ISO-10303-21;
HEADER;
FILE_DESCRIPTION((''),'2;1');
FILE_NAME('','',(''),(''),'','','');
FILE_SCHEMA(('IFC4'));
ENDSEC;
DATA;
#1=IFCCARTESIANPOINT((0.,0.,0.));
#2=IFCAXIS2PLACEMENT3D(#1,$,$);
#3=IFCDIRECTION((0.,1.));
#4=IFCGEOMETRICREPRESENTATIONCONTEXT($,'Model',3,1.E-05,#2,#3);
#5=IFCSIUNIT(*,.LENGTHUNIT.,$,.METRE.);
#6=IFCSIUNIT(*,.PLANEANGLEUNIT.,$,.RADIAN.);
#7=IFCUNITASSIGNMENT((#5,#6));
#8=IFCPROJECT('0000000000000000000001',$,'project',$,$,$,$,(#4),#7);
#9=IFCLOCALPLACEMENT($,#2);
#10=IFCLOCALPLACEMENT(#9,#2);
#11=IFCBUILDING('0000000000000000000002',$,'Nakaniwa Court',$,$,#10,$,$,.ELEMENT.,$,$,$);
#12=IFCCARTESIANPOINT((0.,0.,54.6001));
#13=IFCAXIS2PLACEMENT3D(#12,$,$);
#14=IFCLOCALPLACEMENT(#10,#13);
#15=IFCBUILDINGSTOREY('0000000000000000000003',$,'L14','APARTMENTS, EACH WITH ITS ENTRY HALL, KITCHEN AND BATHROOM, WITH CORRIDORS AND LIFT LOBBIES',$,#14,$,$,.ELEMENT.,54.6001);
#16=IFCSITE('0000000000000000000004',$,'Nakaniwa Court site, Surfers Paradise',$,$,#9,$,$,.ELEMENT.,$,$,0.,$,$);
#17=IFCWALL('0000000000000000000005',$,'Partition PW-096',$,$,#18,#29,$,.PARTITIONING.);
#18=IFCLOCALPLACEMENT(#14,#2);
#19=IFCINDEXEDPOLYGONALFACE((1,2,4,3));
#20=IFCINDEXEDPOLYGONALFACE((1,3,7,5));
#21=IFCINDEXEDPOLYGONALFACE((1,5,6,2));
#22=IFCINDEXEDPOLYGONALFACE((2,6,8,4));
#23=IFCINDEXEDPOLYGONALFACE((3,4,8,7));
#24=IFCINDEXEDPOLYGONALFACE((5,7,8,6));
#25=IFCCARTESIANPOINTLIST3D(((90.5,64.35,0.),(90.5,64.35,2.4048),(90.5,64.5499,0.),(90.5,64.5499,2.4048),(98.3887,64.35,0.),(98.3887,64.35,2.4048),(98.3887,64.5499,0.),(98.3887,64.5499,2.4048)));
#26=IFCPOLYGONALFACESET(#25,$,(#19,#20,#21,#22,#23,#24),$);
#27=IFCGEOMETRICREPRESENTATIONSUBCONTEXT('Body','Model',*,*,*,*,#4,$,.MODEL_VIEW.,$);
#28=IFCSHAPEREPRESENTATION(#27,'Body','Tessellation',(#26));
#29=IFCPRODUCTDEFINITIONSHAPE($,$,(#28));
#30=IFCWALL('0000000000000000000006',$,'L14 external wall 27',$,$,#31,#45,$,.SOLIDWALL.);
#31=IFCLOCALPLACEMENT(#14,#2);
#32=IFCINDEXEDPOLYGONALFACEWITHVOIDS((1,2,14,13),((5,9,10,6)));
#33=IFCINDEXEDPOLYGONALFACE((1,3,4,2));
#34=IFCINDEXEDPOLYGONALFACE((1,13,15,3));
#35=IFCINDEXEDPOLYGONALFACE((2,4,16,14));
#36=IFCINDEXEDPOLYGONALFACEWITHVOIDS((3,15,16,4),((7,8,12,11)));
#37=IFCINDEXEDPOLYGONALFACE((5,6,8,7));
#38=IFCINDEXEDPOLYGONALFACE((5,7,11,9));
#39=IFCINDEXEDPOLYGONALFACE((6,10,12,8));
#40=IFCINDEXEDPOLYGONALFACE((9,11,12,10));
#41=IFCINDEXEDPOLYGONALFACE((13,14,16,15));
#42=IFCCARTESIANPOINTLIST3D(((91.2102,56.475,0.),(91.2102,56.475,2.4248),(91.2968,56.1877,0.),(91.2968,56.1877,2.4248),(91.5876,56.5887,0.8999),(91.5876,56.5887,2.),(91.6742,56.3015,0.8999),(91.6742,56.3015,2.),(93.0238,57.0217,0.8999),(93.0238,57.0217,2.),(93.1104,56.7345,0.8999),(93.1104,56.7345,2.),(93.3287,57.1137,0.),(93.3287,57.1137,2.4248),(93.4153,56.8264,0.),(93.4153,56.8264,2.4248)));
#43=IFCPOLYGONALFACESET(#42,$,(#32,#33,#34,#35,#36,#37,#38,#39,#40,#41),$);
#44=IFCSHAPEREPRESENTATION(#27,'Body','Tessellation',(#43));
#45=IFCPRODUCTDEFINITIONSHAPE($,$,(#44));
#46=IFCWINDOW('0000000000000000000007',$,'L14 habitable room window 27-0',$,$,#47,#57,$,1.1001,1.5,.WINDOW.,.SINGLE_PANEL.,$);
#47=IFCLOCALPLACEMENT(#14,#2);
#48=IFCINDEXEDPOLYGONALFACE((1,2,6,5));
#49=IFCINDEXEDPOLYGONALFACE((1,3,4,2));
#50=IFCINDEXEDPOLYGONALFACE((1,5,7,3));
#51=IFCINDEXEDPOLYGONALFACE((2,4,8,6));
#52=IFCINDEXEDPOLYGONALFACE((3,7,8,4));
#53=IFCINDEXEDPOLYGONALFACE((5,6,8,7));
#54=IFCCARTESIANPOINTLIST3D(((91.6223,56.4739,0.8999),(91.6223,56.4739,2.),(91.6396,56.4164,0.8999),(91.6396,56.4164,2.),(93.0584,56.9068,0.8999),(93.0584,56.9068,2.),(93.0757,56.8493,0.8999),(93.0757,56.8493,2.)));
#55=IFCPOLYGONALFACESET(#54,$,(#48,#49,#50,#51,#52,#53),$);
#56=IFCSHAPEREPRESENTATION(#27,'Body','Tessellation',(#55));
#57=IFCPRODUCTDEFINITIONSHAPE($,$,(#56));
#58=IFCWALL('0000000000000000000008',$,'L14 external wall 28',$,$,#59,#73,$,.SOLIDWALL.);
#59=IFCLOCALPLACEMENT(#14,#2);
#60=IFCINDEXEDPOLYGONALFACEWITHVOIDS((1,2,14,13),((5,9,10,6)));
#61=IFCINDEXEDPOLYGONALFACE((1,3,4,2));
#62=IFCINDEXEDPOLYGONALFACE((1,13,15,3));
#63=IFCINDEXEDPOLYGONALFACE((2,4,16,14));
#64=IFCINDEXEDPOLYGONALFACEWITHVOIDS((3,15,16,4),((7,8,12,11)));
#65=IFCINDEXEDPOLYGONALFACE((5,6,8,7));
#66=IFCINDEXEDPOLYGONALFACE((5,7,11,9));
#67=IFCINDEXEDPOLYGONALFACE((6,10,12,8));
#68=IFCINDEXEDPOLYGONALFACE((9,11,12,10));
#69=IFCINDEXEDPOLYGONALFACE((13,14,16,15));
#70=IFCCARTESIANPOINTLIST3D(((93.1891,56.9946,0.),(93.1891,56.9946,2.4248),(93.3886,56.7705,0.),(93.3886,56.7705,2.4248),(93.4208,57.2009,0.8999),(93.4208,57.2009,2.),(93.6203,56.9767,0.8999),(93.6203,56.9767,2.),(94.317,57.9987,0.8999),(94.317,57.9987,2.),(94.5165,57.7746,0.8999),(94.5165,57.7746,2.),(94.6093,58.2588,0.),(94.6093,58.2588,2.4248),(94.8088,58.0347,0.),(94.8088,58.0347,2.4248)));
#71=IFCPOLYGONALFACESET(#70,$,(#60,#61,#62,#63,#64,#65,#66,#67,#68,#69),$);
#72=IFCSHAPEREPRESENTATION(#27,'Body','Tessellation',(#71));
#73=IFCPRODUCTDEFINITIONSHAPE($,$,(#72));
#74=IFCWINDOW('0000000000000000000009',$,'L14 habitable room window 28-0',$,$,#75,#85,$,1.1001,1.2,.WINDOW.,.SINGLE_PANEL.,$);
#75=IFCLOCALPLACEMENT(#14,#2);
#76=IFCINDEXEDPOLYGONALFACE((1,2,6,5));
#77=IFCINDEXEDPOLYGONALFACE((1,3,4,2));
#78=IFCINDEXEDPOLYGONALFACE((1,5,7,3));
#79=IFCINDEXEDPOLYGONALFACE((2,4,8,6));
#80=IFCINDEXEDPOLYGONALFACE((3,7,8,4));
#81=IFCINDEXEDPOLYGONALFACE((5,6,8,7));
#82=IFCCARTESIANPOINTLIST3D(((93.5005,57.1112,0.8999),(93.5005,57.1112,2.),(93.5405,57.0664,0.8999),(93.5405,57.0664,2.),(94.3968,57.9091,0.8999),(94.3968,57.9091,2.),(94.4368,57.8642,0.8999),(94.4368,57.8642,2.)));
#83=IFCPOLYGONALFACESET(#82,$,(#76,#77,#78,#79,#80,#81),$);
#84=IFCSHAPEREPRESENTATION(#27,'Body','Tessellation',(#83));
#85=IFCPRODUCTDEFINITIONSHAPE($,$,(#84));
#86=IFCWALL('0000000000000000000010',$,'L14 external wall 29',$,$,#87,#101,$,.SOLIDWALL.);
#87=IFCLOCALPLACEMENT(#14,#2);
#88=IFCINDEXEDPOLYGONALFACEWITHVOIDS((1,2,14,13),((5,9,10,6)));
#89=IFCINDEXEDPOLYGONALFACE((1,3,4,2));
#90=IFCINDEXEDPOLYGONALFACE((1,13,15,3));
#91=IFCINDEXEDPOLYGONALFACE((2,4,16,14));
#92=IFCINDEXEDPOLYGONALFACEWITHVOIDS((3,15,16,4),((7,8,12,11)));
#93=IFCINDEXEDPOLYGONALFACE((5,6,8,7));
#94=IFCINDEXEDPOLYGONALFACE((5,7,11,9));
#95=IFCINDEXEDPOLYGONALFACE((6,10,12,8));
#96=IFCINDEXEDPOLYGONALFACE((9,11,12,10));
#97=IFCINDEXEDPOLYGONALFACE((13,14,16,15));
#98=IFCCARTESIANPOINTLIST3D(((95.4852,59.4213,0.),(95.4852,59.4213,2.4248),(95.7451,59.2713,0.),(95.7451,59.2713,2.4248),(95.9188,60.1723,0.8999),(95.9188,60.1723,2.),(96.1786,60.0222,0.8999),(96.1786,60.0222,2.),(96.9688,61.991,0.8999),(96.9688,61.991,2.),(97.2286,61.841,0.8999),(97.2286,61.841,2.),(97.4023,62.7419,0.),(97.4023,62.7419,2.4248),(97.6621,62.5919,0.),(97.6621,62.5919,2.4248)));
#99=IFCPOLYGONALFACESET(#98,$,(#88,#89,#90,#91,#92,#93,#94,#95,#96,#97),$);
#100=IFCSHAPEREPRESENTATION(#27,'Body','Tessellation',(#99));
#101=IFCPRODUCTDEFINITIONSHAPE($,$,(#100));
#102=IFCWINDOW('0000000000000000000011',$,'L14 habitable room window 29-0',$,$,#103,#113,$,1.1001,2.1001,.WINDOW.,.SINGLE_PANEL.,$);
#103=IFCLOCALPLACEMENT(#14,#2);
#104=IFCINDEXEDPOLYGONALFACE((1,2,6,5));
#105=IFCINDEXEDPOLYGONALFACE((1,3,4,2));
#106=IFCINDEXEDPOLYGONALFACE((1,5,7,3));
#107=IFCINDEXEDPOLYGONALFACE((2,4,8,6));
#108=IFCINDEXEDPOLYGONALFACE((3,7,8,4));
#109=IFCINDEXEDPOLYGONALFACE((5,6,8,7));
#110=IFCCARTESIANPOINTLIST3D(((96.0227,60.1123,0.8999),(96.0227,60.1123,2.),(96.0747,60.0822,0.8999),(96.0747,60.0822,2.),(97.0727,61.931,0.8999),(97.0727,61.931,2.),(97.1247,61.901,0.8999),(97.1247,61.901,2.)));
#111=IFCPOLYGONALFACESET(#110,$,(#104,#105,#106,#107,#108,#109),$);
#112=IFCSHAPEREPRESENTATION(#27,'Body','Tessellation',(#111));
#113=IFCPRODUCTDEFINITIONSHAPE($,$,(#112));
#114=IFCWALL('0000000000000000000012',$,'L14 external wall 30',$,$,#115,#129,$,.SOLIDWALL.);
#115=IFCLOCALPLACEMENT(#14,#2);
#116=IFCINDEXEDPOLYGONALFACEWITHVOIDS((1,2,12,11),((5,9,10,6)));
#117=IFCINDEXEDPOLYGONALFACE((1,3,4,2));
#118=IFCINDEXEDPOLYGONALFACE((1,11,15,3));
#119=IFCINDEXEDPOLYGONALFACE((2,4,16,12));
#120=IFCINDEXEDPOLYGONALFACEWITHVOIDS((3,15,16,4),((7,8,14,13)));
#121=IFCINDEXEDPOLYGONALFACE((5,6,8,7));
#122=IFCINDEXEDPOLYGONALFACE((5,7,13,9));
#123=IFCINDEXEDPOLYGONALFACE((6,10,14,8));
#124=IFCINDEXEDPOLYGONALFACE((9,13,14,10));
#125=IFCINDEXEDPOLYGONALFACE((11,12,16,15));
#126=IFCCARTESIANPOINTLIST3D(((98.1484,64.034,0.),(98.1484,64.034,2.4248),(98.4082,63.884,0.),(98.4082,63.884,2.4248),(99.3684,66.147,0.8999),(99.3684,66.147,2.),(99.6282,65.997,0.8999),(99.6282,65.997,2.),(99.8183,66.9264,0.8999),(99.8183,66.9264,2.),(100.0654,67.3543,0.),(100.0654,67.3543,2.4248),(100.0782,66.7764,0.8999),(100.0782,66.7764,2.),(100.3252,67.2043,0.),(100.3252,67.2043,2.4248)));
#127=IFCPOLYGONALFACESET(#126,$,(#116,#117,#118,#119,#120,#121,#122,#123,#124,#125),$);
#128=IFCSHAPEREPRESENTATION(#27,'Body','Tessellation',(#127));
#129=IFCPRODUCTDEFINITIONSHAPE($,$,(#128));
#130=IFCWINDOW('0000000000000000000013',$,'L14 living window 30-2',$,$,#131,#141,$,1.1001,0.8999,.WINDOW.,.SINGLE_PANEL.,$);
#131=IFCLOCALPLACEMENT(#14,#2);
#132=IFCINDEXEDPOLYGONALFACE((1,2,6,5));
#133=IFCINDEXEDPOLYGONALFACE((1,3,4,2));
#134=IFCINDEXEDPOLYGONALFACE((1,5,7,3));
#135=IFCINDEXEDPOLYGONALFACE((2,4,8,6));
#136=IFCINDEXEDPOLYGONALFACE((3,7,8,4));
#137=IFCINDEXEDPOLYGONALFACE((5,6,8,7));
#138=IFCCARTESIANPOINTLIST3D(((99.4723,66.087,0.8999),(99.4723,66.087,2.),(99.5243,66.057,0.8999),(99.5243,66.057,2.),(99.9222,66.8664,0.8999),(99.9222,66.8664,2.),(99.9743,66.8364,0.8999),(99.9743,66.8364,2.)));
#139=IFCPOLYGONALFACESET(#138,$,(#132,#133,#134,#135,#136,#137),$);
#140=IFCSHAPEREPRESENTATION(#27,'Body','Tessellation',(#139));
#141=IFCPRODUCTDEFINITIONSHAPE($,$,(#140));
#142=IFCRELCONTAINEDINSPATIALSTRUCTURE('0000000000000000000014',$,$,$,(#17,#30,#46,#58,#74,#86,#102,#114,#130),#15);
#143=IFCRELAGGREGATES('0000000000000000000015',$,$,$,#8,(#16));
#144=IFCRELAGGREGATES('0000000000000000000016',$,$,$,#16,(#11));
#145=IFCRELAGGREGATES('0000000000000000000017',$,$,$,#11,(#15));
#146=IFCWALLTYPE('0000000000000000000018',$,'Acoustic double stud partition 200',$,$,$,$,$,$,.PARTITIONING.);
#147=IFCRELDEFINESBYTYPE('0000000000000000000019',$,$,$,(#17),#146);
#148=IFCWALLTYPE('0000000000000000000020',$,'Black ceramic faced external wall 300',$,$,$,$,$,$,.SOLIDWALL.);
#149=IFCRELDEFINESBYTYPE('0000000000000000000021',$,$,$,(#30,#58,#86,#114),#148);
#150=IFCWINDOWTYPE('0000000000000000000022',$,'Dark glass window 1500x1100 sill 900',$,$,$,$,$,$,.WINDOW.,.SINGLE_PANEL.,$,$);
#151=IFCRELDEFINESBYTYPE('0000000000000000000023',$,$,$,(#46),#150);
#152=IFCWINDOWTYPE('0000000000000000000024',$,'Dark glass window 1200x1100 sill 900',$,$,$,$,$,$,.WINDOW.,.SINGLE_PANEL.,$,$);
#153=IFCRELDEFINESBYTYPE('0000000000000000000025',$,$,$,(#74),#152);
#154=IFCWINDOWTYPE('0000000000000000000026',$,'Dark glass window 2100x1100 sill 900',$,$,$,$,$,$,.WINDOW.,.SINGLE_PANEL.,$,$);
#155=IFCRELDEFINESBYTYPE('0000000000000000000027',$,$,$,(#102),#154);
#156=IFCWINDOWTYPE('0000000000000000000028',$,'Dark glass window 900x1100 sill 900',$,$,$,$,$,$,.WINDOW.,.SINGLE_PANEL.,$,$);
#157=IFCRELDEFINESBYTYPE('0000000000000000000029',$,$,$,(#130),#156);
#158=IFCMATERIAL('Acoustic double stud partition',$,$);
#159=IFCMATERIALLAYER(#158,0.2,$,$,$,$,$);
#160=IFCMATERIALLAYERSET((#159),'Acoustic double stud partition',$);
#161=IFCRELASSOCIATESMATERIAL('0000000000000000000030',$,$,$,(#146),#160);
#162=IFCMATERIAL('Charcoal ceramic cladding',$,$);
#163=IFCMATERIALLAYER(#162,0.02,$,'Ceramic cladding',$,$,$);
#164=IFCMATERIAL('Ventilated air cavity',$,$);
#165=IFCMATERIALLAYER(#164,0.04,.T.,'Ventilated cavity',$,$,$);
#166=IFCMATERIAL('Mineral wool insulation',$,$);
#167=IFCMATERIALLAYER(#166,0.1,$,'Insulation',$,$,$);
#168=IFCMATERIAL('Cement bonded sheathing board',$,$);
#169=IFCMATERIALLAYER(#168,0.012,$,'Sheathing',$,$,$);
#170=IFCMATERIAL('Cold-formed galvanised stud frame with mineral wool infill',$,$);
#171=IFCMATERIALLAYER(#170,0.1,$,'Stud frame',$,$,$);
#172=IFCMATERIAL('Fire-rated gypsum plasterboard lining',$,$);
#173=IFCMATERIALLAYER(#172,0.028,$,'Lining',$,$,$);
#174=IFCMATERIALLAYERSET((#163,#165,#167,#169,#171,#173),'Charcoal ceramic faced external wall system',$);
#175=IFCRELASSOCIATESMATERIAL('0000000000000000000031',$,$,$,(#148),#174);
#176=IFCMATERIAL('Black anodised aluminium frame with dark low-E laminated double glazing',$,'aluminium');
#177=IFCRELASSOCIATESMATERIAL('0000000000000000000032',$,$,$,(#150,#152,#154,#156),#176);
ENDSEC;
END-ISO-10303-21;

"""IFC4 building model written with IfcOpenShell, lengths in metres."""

from ifc_helpers import new_model, si_unit, direction, frame, frame_2d, origin, place, context, subcontext, project, spatial, rectangle, extrude, material, layer, layer_set, type_object, element, fill, save


model = new_model("IFC4")

# Units and contexts
model_context = context("Model", 3, precision=1e-05, world=origin(), true_north=direction((0.0, 1.0)))
body_context = subcontext(model_context, "Body", "Model", "MODEL_VIEW")
ifc_project = project(units=[si_unit("LENGTHUNIT", "METRE"), si_unit("PLANEANGLEUNIT", "RADIAN")], contexts=[model_context])

# Site, building, storey
site_placement = place(None, origin())
site = spatial("IfcSite", under=ifc_project, at=site_placement, Name="Nakaniwa Court site, Surfers Paradise", CompositionType="ELEMENT", RefElevation=0.0)
building_placement = place(site_placement, origin())
building = spatial("IfcBuilding", under=site, at=building_placement, Name="Nakaniwa Court", CompositionType="ELEMENT")
storey_placement = place(building_placement, frame((0.0, 0.0, 54.6001)))
storey = spatial("IfcBuildingStorey", under=building, at=storey_placement, Name="L14", Description="APARTMENTS, EACH WITH ITS ENTRY HALL, KITCHEN AND BATHROOM, WITH CORRIDORS AND LIFT LOBBIES", CompositionType="ELEMENT", Elevation=54.6001)

# Wall
ifc_material_1 = material(Name="Acoustic double stud partition")
ifc_layer_1 = layer(ifc_material_1, 0.2)
ifc_layer_set_1 = layer_set([ifc_layer_1], Name="Acoustic double stud partition")
wall_type_1 = type_object("IfcWallType", Name="Acoustic double stud partition 200", PredefinedType="PARTITIONING", material=ifc_layer_set_1)
wall_1_placement = place(storey_placement, frame((90.5, 64.45, 0.0), z_axis=(0.0, 0.0, 1.0), x_axis=(1.0, 0.0, 0.0)))
element("IfcWall", 1, at=wall_1_placement, inside=storey, type_object=wall_type_1, Name="Partition PW-096", PredefinedType="PARTITIONING", context=body_context, shape_type="SweptSolid", body=[
    extrude(rectangle(XDim=7.8887, YDim=0.2, at=frame_2d((3.9443, 0.0))), origin(), (0.0, 0.0, 1.0), 2.4048),
])

# Walls, openings, windows
ifc_material_2 = material(Name="Charcoal ceramic cladding")
ifc_layer_2 = layer(ifc_material_2, 0.02, Name="Ceramic cladding")
ifc_material_3 = material(Name="Ventilated air cavity")
ifc_layer_3 = layer(ifc_material_3, 0.04, ventilated=True, Name="Ventilated cavity")
ifc_material_4 = material(Name="Mineral wool insulation")
ifc_layer_4 = layer(ifc_material_4, 0.1, Name="Insulation")
ifc_material_5 = material(Name="Cement bonded sheathing board")
ifc_layer_5 = layer(ifc_material_5, 0.012, Name="Sheathing")
ifc_material_6 = material(Name="Cold-formed galvanised stud frame with mineral wool infill")
ifc_layer_6 = layer(ifc_material_6, 0.1, Name="Stud frame")
ifc_material_7 = material(Name="Fire-rated gypsum plasterboard lining")
ifc_layer_7 = layer(ifc_material_7, 0.028, Name="Lining")
ifc_layer_set_2 = layer_set([ifc_layer_2, ifc_layer_3, ifc_layer_4, ifc_layer_5, ifc_layer_6, ifc_layer_7], Name="Charcoal ceramic faced external wall system")
wall_type_2 = type_object("IfcWallType", Name="Black ceramic faced external wall 300", PredefinedType="SOLIDWALL", material=ifc_layer_set_2)
wall_2_placement = place(storey_placement, frame((91.2534, 56.3313, 0.0), z_axis=(0.0, 0.0, 1.0), x_axis=(0.957434, 0.288653, 0.0)))
wall_2 = element("IfcWall", 2, at=wall_2_placement, inside=storey, type_object=wall_type_2, Name="L14 external wall 27", PredefinedType="SOLIDWALL", context=body_context, shape_type="SweptSolid", body=[
    extrude(rectangle(XDim=2.2126, YDim=0.3, at=frame_2d((1.1064, 0.0))), origin(), (0.0, 0.0, 1.0), 2.4248),
])
opening_1_placement = place(wall_2_placement, frame((0.3943, 0.0, 0.8999)))
opening_1 = element("IfcOpeningElement", 3, at=opening_1_placement, cuts=wall_2, PredefinedType="OPENING", context=body_context, shape_type="SweptSolid", body=[
    extrude(rectangle(XDim=1.5, YDim=1.1001, at=frame_2d((0.75, 0.55))), frame((0.0, 0.1599, 0.0), z_axis=(0.0, -1.0, 0.0), x_axis=(1.0, 0.0, 0.0)), (0.0, 0.0, 1.0), 0.3201),
])
ifc_material_8 = material(Name="Black anodised aluminium frame with dark low-E laminated double glazing", Category="aluminium")
window_type_1 = type_object("IfcWindowType", Name="Dark glass window 1500x1100 sill 900", PartitioningType="SINGLE_PANEL", PredefinedType="WINDOW", material=ifc_material_8)
window_1_placement = place(opening_1_placement, origin())
window_1 = element("IfcWindow", 4, at=window_1_placement, inside=storey, type_object=window_type_1, Name="L14 habitable room window 27-0", OverallHeight=1.1001, OverallWidth=1.5, PartitioningType="SINGLE_PANEL", PredefinedType="WINDOW", context=body_context, shape_type="SweptSolid", body=[
    extrude(rectangle(XDim=1.5, YDim=1.1001, at=frame_2d((0.75, 0.55))), frame((0.0, 0.03, 0.0), z_axis=(0.0, -1.0, 0.0), x_axis=(1.0, 0.0, 0.0)), (0.0, 0.0, 1.0), 0.0601),
])
fill(opening_1, window_1)
wall_3_placement = place(storey_placement, frame((93.2888, 56.8826, 0.0), z_axis=(0.0, 0.0, 1.0), x_axis=(0.746942, 0.66489, 0.0)))
wall_3 = element("IfcWall", 5, at=wall_3_placement, inside=storey, type_object=wall_type_2, Name="L14 external wall 28", PredefinedType="SOLIDWALL", context=body_context, shape_type="SweptSolid", body=[
    extrude(rectangle(XDim=1.9014, YDim=0.3, at=frame_2d((0.9507, 0.0))), origin(), (0.0, 0.0, 1.0), 2.4248),
])
opening_2_placement = place(wall_3_placement, frame((0.3101, 0.0, 0.8999)))
opening_2 = element("IfcOpeningElement", 6, at=opening_2_placement, cuts=wall_3, PredefinedType="OPENING", context=body_context, shape_type="SweptSolid", body=[
    extrude(rectangle(XDim=1.2, YDim=1.1001, at=frame_2d((0.6001, 0.55))), frame((0.0, 0.1599, 0.0), z_axis=(0.0, -1.0, 0.0), x_axis=(1.0, 0.0, 0.0)), (0.0, 0.0, 1.0), 0.3201),
])
window_type_2 = type_object("IfcWindowType", Name="Dark glass window 1200x1100 sill 900", PartitioningType="SINGLE_PANEL", PredefinedType="WINDOW", material=ifc_material_8)
window_2_placement = place(opening_2_placement, origin())
window_2 = element("IfcWindow", 7, at=window_2_placement, inside=storey, type_object=window_type_2, Name="L14 habitable room window 28-0", OverallHeight=1.1001, OverallWidth=1.2, PartitioningType="SINGLE_PANEL", PredefinedType="WINDOW", context=body_context, shape_type="SweptSolid", body=[
    extrude(rectangle(XDim=1.2, YDim=1.1001, at=frame_2d((0.6001, 0.55))), frame((0.0, 0.03, 0.0), z_axis=(0.0, -1.0, 0.0), x_axis=(1.0, 0.0, 0.0)), (0.0, 0.0, 1.0), 0.0601),
])
fill(opening_2, window_2)
wall_4_placement = place(storey_placement, frame((95.6152, 59.3464, 0.0), z_axis=(0.0, 0.0, 1.0), x_axis=(0.499974, 0.86604, 0.0)))
wall_4 = element("IfcWall", 8, at=wall_4_placement, inside=storey, type_object=wall_type_2, Name="L14 external wall 29", PredefinedType="SOLIDWALL", context=body_context, shape_type="SweptSolid", body=[
    extrude(rectangle(XDim=3.8342, YDim=0.3, at=frame_2d((1.917, 0.0))), origin(), (0.0, 0.0, 1.0), 2.4248),
])
opening_3_placement = place(wall_4_placement, frame((0.8669, 0.0, 0.8999)))
opening_3 = element("IfcOpeningElement", 9, at=opening_3_placement, cuts=wall_4, PredefinedType="OPENING", context=body_context, shape_type="SweptSolid", body=[
    extrude(rectangle(XDim=2.1001, YDim=1.1001, at=frame_2d((1.05, 0.55))), frame((0.0, 0.1599, 0.0), z_axis=(0.0, -1.0, 0.0), x_axis=(1.0, 0.0, 0.0)), (0.0, 0.0, 1.0), 0.3201),
])
window_type_3 = type_object("IfcWindowType", Name="Dark glass window 2100x1100 sill 900", PartitioningType="SINGLE_PANEL", PredefinedType="WINDOW", material=ifc_material_8)
window_3_placement = place(opening_3_placement, origin())
window_3 = element("IfcWindow", 10, at=window_3_placement, inside=storey, type_object=window_type_3, Name="L14 habitable room window 29-0", OverallHeight=1.1001, OverallWidth=2.1001, PartitioningType="SINGLE_PANEL", PredefinedType="WINDOW", context=body_context, shape_type="SweptSolid", body=[
    extrude(rectangle(XDim=2.1001, YDim=1.1001, at=frame_2d((1.05, 0.55))), frame((0.0, 0.03, 0.0), z_axis=(0.0, -1.0, 0.0), x_axis=(1.0, 0.0, 0.0)), (0.0, 0.0, 1.0), 0.0601),
])
fill(opening_3, window_3)
wall_5_placement = place(storey_placement, frame((98.2783, 63.959, 0.0), z_axis=(0.0, 0.0, 1.0), x_axis=(0.500002, 0.866024, 0.0)))
wall_5 = element("IfcWall", 11, at=wall_5_placement, inside=storey, type_object=wall_type_2, Name="L14 external wall 30", PredefinedType="SOLIDWALL", context=body_context, shape_type="SweptSolid", body=[
    extrude(rectangle(XDim=3.834, YDim=0.3, at=frame_2d((1.917, 0.0))), origin(), (0.0, 0.0, 1.0), 2.4248),
])
opening_4_placement = place(wall_5_placement, frame((2.4399, 0.0, 0.8999)))
opening_4 = element("IfcOpeningElement", 12, at=opening_4_placement, cuts=wall_5, PredefinedType="OPENING", context=body_context, shape_type="SweptSolid", body=[
    extrude(rectangle(XDim=0.8999, YDim=1.1001, at=frame_2d((0.45, 0.55))), frame((0.0, 0.1599, 0.0), z_axis=(0.0, -1.0, 0.0), x_axis=(1.0, 0.0, 0.0)), (0.0, 0.0, 1.0), 0.3201),
])
window_type_4 = type_object("IfcWindowType", Name="Dark glass window 900x1100 sill 900", PartitioningType="SINGLE_PANEL", PredefinedType="WINDOW", material=ifc_material_8)
window_4_placement = place(opening_4_placement, origin())
window_4 = element("IfcWindow", 13, at=window_4_placement, inside=storey, type_object=window_type_4, Name="L14 living window 30-2", OverallHeight=1.1001, OverallWidth=0.8999, PartitioningType="SINGLE_PANEL", PredefinedType="WINDOW", context=body_context, shape_type="SweptSolid", body=[
    extrude(rectangle(XDim=0.8999, YDim=1.1001, at=frame_2d((0.45, 0.55))), frame((0.0, 0.03, 0.0), z_axis=(0.0, -1.0, 0.0), x_axis=(1.0, 0.0, 0.0)), (0.0, 0.0, 1.0), 0.0601),
])
fill(opening_4, window_4)

save(model, "model.ifc")
